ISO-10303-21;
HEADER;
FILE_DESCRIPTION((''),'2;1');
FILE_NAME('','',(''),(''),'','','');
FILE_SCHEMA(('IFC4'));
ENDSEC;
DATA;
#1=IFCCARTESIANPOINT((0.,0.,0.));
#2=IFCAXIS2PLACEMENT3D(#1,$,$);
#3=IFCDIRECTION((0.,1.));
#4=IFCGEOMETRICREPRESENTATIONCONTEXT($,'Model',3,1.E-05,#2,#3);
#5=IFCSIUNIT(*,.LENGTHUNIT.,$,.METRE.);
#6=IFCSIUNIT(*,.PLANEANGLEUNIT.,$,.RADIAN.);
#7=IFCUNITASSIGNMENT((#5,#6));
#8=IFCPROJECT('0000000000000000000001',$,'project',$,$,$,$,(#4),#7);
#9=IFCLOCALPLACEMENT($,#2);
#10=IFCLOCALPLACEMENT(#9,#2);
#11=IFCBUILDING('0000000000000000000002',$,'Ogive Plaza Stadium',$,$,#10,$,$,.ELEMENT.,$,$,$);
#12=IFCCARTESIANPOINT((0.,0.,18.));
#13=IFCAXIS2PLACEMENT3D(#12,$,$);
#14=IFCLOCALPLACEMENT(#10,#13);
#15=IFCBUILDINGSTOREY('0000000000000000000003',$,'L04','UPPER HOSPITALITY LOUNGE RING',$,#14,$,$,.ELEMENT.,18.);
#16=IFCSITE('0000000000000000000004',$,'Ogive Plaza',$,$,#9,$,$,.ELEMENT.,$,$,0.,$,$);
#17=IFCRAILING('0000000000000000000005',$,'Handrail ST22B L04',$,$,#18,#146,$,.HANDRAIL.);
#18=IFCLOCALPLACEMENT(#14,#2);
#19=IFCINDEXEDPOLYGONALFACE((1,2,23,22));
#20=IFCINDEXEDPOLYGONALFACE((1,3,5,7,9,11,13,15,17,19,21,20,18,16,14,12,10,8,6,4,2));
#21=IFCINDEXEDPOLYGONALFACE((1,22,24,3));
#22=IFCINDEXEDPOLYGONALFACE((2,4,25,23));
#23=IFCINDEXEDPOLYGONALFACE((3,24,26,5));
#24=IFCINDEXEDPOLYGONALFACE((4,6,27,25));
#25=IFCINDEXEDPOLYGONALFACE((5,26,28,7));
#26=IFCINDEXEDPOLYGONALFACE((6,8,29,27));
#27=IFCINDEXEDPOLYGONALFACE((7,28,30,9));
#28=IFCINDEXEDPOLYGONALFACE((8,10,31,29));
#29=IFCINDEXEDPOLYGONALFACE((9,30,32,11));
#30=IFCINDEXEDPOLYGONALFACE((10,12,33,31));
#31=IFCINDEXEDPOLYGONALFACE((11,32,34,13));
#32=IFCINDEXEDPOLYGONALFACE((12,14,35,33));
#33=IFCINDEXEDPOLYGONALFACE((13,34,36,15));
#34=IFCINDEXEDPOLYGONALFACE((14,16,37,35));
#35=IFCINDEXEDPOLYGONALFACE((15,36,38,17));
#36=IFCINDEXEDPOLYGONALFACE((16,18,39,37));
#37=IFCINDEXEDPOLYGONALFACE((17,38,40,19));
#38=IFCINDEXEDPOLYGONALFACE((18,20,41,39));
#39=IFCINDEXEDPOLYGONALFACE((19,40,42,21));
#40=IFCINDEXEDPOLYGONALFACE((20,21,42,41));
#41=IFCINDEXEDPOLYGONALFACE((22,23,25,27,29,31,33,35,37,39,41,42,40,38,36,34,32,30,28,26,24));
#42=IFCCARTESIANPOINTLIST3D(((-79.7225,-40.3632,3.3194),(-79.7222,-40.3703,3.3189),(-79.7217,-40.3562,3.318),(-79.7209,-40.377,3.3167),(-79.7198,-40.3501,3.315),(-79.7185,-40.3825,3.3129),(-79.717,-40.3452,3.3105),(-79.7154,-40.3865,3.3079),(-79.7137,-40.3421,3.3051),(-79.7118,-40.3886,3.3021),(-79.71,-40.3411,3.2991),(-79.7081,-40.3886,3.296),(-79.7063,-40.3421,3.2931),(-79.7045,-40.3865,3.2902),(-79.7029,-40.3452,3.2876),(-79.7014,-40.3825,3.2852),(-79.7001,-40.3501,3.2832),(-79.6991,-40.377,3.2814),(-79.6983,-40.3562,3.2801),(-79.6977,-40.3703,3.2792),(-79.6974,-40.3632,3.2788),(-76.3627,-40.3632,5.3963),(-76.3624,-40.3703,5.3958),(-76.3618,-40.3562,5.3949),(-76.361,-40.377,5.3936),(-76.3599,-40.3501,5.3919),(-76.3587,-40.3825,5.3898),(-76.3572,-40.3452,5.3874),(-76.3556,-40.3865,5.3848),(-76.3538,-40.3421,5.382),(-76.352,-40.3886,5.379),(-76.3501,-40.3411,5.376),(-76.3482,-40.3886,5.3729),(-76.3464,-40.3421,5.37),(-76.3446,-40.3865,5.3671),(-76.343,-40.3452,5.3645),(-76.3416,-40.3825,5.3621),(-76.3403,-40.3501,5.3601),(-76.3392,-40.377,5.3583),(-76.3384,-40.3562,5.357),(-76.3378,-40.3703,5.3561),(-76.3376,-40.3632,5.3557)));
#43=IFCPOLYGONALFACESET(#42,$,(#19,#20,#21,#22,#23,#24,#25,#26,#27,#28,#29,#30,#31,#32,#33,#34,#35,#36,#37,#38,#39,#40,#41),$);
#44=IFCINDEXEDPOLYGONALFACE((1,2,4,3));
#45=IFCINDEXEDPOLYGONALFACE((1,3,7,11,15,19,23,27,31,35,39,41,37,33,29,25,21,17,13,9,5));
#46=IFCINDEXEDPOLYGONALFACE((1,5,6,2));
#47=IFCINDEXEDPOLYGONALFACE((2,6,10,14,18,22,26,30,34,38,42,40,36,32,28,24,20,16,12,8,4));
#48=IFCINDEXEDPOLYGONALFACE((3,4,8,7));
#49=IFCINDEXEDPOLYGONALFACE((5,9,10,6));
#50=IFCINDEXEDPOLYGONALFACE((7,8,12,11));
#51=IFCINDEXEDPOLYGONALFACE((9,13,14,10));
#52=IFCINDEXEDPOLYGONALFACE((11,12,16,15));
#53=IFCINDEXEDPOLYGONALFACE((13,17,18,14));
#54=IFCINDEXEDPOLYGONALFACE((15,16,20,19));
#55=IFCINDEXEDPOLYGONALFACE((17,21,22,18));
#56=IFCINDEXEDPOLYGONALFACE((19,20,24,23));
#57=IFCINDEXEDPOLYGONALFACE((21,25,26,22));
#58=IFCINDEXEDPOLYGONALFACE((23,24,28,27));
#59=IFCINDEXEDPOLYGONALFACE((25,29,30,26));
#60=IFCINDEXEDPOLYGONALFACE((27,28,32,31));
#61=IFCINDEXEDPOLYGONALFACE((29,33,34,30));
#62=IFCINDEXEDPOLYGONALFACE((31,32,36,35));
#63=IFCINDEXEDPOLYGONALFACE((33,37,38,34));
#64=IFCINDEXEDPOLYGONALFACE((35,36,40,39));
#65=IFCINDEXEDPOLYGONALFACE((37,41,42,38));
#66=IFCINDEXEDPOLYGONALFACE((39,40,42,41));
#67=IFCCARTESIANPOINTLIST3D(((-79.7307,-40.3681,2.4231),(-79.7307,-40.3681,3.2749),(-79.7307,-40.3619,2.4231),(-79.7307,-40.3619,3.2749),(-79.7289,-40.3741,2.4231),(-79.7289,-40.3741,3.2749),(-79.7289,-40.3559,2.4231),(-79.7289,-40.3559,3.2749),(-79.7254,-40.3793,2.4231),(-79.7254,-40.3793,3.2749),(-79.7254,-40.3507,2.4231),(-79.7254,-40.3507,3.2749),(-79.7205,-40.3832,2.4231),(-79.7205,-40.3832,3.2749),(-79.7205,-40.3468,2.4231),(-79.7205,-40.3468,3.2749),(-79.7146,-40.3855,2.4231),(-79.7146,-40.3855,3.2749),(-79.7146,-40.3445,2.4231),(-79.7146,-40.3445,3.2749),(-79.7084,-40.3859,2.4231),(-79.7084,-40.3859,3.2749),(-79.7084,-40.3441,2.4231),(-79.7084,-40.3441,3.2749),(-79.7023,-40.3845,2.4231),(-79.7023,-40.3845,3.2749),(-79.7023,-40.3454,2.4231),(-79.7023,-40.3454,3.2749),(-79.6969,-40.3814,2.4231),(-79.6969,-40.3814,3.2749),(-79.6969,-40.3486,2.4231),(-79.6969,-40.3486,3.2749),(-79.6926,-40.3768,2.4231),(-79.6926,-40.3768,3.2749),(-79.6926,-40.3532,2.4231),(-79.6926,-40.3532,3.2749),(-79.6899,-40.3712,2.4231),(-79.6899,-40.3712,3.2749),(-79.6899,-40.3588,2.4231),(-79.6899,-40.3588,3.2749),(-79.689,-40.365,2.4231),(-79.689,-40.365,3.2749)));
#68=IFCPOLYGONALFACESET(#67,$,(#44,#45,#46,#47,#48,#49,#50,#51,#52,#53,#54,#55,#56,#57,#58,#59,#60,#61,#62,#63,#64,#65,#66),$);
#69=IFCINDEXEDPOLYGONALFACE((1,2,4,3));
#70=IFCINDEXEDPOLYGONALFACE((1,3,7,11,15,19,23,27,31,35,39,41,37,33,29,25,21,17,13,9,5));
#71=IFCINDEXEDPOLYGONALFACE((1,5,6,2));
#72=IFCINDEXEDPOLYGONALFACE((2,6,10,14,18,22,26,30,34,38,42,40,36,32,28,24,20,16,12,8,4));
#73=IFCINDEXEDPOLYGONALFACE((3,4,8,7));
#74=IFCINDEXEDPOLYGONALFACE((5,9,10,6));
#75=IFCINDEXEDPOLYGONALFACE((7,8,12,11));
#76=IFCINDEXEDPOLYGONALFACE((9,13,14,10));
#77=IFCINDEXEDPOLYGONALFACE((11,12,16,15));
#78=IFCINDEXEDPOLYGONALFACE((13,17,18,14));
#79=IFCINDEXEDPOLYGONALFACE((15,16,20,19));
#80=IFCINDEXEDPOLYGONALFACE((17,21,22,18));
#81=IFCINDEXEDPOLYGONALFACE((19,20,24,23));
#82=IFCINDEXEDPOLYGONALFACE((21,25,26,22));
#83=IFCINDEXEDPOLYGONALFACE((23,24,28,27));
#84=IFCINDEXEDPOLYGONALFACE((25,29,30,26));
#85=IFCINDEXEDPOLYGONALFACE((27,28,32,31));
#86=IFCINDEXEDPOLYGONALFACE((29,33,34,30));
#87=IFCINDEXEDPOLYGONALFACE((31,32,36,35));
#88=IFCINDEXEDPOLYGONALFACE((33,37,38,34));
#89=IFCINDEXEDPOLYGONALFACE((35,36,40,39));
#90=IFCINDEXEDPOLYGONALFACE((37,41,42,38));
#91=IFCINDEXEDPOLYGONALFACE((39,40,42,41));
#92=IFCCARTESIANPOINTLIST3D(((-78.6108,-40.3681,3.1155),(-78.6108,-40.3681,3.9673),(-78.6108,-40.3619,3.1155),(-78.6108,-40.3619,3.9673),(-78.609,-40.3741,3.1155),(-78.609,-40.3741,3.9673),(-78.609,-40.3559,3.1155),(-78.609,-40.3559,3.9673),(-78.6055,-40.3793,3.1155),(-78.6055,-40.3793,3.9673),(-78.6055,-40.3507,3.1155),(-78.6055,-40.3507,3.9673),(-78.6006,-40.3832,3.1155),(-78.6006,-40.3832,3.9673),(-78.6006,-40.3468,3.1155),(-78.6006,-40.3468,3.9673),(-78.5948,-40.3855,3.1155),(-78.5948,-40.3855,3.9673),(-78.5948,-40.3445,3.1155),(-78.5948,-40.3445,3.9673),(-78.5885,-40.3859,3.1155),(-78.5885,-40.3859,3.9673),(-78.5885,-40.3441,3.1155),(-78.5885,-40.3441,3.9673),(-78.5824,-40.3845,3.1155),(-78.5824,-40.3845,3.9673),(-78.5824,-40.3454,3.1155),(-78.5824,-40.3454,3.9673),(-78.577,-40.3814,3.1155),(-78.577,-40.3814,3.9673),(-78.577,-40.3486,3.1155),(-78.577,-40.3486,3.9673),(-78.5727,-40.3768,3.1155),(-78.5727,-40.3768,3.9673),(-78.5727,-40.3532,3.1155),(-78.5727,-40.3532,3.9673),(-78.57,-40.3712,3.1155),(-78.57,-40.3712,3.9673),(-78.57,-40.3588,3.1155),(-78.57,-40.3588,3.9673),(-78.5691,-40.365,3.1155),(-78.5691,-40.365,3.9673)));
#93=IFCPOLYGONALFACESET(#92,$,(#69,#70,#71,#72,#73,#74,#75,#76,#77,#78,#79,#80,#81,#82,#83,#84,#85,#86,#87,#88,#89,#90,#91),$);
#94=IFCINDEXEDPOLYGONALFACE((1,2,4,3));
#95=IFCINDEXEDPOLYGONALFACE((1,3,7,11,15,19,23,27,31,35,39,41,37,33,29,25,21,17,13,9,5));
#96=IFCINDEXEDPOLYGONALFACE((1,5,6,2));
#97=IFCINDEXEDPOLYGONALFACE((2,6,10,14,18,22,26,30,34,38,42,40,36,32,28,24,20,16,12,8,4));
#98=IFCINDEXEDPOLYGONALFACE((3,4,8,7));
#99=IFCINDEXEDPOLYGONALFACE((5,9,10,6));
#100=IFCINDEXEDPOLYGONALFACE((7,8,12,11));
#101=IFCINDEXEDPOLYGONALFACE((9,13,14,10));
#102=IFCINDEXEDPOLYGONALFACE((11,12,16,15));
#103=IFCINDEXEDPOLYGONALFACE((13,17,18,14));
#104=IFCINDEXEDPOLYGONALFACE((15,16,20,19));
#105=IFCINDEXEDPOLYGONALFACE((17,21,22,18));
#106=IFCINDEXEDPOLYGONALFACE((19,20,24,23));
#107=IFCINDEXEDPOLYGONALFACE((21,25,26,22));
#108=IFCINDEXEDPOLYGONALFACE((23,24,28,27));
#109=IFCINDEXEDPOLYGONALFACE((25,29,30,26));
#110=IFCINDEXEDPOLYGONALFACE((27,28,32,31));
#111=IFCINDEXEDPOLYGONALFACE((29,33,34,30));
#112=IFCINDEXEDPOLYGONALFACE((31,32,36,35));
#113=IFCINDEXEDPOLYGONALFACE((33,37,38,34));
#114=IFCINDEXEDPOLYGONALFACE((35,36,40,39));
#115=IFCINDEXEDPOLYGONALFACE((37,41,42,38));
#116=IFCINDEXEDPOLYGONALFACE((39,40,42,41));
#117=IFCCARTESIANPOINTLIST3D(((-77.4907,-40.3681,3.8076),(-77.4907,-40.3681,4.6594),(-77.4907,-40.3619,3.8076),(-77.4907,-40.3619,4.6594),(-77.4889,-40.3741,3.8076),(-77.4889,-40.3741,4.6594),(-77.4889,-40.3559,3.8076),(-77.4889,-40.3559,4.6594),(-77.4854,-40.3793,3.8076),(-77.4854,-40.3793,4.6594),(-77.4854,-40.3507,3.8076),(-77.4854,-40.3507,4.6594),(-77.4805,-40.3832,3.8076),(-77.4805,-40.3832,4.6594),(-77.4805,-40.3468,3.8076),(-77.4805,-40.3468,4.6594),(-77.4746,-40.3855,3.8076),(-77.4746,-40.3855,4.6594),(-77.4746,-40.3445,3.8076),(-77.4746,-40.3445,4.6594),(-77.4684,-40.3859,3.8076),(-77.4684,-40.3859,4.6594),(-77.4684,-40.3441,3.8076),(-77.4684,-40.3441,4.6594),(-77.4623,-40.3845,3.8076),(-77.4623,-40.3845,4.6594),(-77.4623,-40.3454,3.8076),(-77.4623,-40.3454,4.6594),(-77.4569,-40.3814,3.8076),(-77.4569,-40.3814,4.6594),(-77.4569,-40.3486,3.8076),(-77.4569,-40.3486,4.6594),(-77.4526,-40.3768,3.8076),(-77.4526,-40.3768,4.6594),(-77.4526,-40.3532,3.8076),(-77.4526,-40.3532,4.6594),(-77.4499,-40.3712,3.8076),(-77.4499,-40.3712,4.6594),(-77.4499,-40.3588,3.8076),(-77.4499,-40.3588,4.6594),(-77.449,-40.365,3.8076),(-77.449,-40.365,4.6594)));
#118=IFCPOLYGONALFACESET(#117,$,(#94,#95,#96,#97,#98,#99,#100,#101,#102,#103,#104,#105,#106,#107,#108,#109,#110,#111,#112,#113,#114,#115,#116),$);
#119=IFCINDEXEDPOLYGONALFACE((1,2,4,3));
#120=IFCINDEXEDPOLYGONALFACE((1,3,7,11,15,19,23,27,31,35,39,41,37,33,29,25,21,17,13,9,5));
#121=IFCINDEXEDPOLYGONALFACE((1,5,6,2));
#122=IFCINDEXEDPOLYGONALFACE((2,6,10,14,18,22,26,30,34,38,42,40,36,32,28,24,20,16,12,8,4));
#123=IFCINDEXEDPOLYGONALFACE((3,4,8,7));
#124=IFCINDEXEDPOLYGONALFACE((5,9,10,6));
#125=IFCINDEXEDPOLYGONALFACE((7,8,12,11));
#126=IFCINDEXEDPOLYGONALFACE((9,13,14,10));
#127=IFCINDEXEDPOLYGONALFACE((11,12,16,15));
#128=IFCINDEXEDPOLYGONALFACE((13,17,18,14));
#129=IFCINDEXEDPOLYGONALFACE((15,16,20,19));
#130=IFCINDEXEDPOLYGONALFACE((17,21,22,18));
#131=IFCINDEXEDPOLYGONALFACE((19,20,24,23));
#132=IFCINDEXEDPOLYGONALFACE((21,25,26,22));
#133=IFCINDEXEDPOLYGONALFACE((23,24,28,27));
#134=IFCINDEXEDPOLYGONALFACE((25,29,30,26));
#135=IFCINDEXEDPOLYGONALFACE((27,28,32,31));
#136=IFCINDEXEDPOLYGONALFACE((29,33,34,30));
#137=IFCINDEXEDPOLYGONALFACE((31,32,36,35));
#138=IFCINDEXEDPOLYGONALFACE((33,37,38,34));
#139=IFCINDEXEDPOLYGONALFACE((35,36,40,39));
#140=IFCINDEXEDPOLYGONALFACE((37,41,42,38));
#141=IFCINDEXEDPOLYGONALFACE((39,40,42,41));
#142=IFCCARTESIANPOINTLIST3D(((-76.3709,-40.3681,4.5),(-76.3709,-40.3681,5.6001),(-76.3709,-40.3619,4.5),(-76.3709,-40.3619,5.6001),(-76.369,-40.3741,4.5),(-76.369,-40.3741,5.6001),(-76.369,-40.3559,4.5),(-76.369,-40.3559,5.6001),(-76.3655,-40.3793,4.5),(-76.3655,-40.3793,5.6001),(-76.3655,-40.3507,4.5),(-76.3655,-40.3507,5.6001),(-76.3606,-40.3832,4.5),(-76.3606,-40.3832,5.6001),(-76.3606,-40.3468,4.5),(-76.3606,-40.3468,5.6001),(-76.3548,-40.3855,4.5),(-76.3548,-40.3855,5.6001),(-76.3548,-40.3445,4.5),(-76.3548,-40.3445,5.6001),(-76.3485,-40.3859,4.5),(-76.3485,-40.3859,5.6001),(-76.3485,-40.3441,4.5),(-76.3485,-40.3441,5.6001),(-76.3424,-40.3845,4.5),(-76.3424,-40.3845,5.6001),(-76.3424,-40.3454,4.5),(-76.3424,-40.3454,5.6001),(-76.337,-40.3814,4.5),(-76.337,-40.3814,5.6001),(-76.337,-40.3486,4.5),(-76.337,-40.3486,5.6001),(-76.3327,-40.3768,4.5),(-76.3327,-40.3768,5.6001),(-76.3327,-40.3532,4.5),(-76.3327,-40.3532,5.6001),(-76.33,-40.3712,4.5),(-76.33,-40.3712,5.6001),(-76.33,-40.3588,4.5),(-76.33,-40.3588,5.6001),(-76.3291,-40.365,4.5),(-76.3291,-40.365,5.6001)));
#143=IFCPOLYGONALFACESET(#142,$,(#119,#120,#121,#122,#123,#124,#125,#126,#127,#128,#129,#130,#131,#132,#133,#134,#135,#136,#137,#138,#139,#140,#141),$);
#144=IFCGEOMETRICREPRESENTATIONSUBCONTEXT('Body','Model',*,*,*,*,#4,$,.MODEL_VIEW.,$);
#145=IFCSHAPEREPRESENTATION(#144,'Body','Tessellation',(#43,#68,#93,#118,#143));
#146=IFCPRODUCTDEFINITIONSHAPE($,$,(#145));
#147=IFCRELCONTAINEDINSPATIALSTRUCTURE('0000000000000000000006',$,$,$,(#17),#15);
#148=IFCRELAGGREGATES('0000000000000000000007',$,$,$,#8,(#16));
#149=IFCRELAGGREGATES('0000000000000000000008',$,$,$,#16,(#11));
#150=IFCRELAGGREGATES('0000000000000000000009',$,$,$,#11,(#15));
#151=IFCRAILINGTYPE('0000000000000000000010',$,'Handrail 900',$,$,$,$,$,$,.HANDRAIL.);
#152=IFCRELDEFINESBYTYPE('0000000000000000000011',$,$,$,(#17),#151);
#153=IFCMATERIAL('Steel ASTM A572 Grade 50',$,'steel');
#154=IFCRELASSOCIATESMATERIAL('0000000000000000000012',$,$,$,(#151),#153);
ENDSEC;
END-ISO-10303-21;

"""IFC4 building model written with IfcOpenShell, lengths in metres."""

from ifc_helpers import new_model, si_unit, direction, frame, origin, origin_2d, place, context, subcontext, project, spatial, circle, extrude, material, type_object, element, save


model = new_model("IFC4")

# Units and contexts
model_context = context("Model", 3, precision=1e-05, world=origin(), true_north=direction((0.0, 1.0)))
body_context = subcontext(model_context, "Body", "Model", "MODEL_VIEW")
ifc_project = project(units=[si_unit("LENGTHUNIT", "METRE"), si_unit("PLANEANGLEUNIT", "RADIAN")], contexts=[model_context])

# Site, building, storey
site_placement = place(None, origin())
site = spatial("IfcSite", under=ifc_project, at=site_placement, Name="Ogive Plaza", CompositionType="ELEMENT", RefElevation=0.0)
building_placement = place(site_placement, origin())
building = spatial("IfcBuilding", under=site, at=building_placement, Name="Ogive Plaza Stadium", CompositionType="ELEMENT")
storey_placement = place(building_placement, frame((0.0, 0.0, 18.0)))
storey = spatial("IfcBuildingStorey", under=building, at=storey_placement, Name="L04", Description="UPPER HOSPITALITY LOUNGE RING", CompositionType="ELEMENT", Elevation=18.0)

# Railing
ifc_material_1 = material(Name="Steel ASTM A572 Grade 50", Category="steel")
railing_type = type_object("IfcRailingType", Name="Handrail 900", PredefinedType="HANDRAIL", material=ifc_material_1)
for number, where, name in (
    (1, (-79.71, -40.365, 2.4231), "Handrail ST22B L04"),
):
    element("IfcRailing", number, at=place(storey_placement, frame(where)), inside=storey, type_object=railing_type, Name=name, PredefinedType="HANDRAIL", context=body_context, shape_type="SweptSolid", body=[
        extrude(circle(Radius=0.0239, at=origin_2d()), frame((0.0, 0.0, 0.876), z_axis=(0.850606, 0.0, 0.525803), x_axis=(0.0, 1.0, 0.0)), (0.0, 0.0, 1.0), 3.95),
        extrude(circle(Radius=0.021, at=origin_2d()), origin(), (0.0, 0.0, 1.0), 0.8518),
        extrude(circle(Radius=0.021, at=origin_2d()), frame((1.1199, 0.0, 0.6924)), (0.0, 0.0, 1.0), 0.8518),
        extrude(circle(Radius=0.021, at=origin_2d()), frame((2.24, 0.0, 1.3845)), (0.0, 0.0, 1.0), 0.8518),
        extrude(circle(Radius=0.021, at=origin_2d()), frame((3.3599, 0.0, 2.0769)), (0.0, 0.0, 1.0), 1.1001),
    ])

save(model, "model.ifc")
